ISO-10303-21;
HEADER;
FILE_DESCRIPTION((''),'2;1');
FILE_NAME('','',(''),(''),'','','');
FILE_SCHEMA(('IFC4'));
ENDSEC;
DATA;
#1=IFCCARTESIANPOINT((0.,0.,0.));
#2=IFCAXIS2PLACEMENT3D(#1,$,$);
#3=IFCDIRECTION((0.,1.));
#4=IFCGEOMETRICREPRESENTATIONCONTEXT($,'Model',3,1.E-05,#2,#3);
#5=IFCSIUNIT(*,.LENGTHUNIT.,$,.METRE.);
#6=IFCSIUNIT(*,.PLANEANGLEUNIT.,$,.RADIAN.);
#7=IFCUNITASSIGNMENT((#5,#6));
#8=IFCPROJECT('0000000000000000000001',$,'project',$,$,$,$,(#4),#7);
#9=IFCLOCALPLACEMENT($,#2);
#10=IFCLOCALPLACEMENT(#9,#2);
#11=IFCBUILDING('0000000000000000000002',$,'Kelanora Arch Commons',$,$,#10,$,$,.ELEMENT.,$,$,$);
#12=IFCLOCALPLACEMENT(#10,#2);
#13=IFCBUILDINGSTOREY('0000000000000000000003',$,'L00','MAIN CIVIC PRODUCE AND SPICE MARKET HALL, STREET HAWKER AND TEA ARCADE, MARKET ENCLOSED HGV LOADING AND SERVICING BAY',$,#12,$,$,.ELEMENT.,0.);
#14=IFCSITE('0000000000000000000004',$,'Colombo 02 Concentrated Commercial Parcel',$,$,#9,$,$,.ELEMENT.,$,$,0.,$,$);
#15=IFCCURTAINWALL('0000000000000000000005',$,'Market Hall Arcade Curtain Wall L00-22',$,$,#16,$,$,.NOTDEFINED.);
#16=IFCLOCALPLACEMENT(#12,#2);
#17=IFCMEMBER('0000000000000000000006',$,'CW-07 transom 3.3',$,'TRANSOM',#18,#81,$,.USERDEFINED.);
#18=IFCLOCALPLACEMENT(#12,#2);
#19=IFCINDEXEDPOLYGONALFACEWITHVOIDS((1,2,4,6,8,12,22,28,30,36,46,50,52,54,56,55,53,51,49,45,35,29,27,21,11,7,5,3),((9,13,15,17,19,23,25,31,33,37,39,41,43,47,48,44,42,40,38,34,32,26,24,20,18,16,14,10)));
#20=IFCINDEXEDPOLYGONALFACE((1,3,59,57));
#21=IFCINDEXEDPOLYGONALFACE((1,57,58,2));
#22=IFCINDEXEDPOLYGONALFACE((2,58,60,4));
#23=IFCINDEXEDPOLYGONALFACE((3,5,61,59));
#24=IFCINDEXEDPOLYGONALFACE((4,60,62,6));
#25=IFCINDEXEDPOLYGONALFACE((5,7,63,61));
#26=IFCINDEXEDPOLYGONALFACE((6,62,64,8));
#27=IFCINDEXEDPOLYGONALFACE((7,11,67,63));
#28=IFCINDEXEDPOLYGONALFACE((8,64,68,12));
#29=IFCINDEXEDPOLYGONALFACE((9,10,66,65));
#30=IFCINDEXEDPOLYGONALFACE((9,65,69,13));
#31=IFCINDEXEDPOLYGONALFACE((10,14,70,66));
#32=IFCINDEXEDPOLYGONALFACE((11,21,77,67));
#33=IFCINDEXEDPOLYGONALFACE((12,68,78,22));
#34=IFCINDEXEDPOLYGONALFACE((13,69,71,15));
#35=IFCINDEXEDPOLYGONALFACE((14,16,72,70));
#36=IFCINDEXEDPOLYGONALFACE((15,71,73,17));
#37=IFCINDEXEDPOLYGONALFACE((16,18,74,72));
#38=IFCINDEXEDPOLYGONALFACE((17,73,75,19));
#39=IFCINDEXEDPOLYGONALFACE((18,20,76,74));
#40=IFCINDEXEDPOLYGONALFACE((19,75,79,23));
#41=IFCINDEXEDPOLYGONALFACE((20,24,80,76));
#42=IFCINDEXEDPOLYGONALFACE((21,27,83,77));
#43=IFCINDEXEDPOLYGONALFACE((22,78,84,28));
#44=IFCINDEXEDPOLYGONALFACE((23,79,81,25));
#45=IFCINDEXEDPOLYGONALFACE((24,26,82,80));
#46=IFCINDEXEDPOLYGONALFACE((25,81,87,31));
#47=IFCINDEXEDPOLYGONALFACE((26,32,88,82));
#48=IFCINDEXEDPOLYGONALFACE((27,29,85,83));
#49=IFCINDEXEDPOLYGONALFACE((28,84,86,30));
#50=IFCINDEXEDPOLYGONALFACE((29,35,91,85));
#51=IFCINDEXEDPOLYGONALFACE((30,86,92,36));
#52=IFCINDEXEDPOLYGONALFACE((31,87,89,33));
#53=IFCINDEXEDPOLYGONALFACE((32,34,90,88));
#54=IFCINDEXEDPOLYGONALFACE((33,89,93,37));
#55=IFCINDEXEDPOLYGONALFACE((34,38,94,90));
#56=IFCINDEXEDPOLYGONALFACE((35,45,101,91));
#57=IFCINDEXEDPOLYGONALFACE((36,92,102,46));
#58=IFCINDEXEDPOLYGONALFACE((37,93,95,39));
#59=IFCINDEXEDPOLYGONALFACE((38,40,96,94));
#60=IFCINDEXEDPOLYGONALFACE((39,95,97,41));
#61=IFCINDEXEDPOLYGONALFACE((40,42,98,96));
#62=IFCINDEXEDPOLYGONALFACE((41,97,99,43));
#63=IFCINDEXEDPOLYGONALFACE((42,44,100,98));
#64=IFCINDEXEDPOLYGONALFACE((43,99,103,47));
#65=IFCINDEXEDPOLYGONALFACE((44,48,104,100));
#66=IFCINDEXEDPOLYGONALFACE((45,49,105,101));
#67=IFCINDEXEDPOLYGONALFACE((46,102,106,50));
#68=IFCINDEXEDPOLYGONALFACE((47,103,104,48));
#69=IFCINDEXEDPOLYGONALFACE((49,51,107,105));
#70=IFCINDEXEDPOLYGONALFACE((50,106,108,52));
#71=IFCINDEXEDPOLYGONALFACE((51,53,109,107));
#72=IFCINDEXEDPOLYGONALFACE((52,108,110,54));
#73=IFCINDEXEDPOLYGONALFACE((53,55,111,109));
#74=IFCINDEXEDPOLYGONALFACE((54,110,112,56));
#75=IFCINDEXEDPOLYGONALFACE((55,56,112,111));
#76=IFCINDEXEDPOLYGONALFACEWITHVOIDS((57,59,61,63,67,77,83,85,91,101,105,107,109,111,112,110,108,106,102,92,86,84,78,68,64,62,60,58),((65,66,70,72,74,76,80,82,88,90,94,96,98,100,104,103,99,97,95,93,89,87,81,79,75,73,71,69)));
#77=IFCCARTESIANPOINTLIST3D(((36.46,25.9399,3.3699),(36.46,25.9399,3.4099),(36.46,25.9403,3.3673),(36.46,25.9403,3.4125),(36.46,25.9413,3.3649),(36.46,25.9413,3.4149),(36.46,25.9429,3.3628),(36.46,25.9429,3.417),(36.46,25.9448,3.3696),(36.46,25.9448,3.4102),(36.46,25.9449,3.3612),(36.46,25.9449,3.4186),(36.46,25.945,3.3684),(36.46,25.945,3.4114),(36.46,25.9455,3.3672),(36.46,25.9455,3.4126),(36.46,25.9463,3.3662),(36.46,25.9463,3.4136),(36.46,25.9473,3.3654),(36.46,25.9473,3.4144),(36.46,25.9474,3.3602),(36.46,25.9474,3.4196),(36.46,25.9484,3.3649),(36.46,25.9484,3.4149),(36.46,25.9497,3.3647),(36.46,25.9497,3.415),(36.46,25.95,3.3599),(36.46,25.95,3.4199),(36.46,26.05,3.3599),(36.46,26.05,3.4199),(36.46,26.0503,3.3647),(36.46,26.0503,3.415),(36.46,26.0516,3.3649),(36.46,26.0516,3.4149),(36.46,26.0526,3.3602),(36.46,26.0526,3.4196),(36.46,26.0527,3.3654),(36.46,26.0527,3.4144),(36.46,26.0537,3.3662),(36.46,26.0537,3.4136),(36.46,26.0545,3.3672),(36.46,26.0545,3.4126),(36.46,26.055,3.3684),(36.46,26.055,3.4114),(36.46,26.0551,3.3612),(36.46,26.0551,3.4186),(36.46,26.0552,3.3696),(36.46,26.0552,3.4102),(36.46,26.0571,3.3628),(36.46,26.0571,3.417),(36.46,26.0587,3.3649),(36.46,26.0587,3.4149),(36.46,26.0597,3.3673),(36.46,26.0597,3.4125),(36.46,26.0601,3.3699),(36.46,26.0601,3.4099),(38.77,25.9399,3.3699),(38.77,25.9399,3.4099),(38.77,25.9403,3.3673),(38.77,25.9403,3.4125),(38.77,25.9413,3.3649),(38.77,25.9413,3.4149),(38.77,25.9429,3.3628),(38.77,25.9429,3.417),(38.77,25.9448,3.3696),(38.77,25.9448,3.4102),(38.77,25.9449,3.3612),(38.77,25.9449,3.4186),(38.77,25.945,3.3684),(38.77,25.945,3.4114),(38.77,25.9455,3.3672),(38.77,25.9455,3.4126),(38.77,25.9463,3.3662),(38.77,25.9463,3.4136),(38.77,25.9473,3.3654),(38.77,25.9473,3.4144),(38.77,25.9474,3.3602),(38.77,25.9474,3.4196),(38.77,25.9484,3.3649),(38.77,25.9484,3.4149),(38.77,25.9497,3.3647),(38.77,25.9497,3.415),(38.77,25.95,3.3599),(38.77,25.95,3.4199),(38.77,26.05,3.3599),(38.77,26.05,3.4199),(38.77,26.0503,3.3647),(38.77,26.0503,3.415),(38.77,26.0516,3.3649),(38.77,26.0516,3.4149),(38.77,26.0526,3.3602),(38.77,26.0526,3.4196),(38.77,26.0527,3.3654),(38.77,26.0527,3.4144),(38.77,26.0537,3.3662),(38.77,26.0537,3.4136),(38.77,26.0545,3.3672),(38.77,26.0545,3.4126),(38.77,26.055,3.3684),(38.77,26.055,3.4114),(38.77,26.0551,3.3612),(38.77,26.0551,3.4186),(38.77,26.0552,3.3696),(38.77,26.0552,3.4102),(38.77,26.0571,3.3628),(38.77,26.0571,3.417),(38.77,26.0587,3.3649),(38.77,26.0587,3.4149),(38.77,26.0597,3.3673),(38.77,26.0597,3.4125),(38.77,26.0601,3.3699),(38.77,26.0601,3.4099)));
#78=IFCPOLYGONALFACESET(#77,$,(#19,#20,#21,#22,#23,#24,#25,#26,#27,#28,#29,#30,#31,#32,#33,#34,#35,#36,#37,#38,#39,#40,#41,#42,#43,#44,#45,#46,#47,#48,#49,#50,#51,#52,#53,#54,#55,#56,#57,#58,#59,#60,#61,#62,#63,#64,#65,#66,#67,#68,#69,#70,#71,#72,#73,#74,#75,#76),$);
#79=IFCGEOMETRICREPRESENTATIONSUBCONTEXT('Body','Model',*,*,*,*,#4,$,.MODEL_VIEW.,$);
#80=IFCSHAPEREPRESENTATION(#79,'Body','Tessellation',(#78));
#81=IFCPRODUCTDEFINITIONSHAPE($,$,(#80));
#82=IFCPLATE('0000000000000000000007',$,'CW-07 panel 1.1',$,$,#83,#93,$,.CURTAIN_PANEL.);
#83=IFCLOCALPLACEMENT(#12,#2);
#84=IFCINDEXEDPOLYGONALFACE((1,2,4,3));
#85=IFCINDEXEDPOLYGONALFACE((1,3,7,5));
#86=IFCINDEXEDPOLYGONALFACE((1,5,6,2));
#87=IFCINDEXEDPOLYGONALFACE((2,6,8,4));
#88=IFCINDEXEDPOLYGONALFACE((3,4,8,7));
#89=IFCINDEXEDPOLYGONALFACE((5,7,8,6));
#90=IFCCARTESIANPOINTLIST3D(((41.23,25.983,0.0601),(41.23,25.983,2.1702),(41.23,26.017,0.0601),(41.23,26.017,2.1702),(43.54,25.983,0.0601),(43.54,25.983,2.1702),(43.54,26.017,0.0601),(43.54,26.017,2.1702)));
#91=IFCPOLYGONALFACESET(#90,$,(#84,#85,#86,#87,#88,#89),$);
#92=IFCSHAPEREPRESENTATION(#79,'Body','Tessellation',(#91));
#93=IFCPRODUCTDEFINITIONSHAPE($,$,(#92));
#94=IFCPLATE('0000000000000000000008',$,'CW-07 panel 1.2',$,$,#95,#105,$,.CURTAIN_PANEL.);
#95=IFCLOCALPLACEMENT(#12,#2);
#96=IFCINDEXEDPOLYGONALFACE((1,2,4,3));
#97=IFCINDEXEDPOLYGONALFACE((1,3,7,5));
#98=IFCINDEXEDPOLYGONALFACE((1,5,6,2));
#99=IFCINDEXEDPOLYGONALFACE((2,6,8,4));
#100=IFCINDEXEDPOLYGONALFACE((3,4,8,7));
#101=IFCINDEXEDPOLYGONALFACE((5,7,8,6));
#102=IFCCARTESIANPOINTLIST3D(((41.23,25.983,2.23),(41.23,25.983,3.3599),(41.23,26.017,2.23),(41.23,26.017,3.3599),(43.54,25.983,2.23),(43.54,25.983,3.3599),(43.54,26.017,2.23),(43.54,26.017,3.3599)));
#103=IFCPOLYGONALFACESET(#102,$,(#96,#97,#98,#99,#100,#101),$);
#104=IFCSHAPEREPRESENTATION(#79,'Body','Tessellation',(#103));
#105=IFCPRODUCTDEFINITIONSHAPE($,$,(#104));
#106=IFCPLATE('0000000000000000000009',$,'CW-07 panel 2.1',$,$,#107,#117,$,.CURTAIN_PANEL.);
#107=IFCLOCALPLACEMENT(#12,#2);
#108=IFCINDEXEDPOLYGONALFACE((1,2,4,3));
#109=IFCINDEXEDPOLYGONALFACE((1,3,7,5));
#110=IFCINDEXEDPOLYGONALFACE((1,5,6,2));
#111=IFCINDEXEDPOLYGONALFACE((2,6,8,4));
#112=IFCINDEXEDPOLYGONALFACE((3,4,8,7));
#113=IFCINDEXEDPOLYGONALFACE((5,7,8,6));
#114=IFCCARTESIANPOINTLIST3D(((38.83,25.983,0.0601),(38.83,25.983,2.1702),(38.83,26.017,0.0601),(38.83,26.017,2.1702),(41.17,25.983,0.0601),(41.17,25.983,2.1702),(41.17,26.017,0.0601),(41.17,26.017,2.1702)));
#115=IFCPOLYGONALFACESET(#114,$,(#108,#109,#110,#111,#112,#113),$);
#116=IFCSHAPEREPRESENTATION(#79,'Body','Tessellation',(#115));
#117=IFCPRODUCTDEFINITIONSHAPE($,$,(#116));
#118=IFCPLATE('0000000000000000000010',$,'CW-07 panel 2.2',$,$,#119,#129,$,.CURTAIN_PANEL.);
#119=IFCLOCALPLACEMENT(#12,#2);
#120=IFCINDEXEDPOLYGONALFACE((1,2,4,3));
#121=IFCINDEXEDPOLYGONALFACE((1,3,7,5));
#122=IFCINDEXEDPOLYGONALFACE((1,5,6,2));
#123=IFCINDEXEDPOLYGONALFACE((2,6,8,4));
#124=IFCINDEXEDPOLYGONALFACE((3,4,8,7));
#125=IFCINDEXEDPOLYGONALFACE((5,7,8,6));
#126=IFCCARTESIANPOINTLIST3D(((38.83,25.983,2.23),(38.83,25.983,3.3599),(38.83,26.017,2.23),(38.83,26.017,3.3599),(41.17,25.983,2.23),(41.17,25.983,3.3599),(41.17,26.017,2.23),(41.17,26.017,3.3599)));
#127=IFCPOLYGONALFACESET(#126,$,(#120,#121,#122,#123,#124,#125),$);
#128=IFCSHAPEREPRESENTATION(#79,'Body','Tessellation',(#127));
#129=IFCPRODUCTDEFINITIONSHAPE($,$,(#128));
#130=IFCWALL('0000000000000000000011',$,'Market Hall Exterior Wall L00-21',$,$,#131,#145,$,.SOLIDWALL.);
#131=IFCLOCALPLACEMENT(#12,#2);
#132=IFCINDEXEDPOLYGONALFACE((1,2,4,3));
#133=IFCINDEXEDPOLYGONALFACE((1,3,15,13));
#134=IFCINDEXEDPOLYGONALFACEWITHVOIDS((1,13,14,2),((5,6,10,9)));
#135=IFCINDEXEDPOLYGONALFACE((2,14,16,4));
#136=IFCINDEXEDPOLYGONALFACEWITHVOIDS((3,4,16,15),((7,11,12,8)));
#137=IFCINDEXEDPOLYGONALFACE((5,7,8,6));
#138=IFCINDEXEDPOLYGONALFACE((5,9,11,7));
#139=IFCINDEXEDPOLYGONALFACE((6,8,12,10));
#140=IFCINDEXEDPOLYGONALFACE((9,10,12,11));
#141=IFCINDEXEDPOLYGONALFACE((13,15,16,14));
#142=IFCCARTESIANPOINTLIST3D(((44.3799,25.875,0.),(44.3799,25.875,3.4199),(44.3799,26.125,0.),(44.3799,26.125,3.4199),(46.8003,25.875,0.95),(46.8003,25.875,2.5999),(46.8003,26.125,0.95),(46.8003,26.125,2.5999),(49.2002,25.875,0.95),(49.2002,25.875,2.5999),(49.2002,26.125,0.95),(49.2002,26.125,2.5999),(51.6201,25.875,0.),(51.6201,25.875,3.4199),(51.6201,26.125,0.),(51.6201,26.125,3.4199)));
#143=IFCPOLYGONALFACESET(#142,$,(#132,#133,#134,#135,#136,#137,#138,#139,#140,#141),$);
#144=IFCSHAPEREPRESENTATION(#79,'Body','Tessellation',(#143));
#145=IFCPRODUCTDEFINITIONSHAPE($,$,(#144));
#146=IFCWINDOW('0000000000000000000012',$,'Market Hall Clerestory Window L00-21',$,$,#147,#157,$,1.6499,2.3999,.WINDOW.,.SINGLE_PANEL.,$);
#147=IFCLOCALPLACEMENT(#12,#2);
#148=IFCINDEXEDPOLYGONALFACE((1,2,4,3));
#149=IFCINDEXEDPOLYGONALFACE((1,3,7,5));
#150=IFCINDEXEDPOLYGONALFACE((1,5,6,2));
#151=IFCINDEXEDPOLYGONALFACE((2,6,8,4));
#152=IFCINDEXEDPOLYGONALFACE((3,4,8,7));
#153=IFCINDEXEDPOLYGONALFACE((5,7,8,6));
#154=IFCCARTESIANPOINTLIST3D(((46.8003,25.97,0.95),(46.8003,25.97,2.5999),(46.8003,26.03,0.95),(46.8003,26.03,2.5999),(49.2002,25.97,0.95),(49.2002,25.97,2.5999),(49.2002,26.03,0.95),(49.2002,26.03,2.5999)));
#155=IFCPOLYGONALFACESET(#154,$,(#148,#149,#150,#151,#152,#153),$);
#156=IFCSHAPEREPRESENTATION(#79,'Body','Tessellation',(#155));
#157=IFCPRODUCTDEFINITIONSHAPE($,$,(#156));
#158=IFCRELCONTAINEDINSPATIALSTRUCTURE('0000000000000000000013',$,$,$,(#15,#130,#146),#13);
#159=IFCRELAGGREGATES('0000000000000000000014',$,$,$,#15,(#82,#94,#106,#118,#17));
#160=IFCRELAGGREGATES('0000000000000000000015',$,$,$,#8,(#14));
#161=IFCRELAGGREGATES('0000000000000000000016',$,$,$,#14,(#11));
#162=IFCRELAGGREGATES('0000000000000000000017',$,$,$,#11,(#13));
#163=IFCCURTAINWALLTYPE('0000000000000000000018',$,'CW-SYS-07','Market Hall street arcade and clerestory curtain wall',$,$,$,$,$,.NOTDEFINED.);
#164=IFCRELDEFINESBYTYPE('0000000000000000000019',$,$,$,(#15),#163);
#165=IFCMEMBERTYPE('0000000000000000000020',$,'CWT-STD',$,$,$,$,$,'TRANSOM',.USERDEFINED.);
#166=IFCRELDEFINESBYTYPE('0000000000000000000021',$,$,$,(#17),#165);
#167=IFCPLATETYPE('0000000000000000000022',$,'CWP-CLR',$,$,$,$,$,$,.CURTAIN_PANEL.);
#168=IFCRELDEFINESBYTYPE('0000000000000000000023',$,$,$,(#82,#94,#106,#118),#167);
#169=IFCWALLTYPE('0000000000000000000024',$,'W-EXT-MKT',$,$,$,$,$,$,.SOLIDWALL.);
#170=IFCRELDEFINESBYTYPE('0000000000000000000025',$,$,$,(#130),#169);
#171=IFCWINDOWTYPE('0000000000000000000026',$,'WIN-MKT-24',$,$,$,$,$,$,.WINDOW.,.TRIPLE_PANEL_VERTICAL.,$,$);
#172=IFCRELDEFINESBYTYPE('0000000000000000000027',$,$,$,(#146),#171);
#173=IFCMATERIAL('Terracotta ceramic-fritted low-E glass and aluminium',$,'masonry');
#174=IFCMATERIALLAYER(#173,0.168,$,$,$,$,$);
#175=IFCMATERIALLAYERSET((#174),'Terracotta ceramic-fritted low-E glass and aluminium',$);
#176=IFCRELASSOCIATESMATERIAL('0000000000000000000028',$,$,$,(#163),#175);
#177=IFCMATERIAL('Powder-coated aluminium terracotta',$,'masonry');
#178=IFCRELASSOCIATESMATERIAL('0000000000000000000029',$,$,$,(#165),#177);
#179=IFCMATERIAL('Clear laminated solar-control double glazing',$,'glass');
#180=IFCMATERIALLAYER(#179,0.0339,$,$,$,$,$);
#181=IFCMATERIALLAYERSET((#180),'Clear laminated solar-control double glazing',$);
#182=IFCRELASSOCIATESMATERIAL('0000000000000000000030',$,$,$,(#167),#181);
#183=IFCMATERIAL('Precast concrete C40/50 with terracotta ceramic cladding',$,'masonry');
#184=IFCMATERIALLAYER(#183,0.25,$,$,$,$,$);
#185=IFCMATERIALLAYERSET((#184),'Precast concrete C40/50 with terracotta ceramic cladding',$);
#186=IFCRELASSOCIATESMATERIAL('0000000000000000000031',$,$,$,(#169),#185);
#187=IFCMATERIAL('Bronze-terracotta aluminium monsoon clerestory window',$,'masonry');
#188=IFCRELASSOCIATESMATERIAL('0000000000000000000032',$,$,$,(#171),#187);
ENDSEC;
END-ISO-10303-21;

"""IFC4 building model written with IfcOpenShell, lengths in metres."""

from ifc_helpers import new_model, si_unit, direction, frame, frame_2d, origin, origin_2d, place, context, subcontext, project, spatial, rectangle, hollow_rectangle, extrude, source, transform, mapped, material, layer, layer_set, material_profile, profile_set, type_object, element, fill, aggregate, save


model = new_model("IFC4")

# Units and contexts
model_context = context("Model", 3, precision=1e-05, world=origin(), true_north=direction((0.0, 1.0)))
body_context = subcontext(model_context, "Body", "Model", "MODEL_VIEW")
ifc_project = project(units=[si_unit("LENGTHUNIT", "METRE"), si_unit("PLANEANGLEUNIT", "RADIAN")], contexts=[model_context])

# Site, building, storey
site_placement = place(None, origin())
site = spatial("IfcSite", under=ifc_project, at=site_placement, Name="Colombo 02 Concentrated Commercial Parcel", CompositionType="ELEMENT", RefElevation=0.0)
building_placement = place(site_placement, origin())
building = spatial("IfcBuilding", under=site, at=building_placement, Name="Kelanora Arch Commons", CompositionType="ELEMENT")
storey_placement = place(building_placement, origin())
storey = spatial("IfcBuildingStorey", under=building, at=storey_placement, Name="L00", Description="MAIN CIVIC PRODUCE AND SPICE MARKET HALL, STREET HAWKER AND TEA ARCADE, MARKET ENCLOSED HGV LOADING AND SERVICING BAY", CompositionType="ELEMENT", Elevation=0.0)

# Curtain wall, member, plates
ifc_material_1 = material(Name="Terracotta ceramic-fritted low-E glass and aluminium", Category="masonry")
ifc_layer_1 = layer(ifc_material_1, 0.168)
ifc_layer_set_1 = layer_set([ifc_layer_1], Name="Terracotta ceramic-fritted low-E glass and aluminium")
curtain_wall_type = type_object("IfcCurtainWallType", Name="CW-SYS-07", Description="Market Hall street arcade and clerestory curtain wall", PredefinedType="NOTDEFINED", material=ifc_layer_set_1)
curtain_wall_placement = place(storey_placement, origin())
curtain_wall = element("IfcCurtainWall", 1, at=curtain_wall_placement, inside=storey, type_object=curtain_wall_type, Name="Market Hall Arcade Curtain Wall L00-22", PredefinedType="NOTDEFINED")
ifc_material_2 = material(Name="Powder-coated aluminium terracotta", Category="masonry")
ifc_material_profile_1 = material_profile(ifc_material_2, hollow_rectangle(XDim=0.1201, YDim=0.0601, WallThickness=0.0049, InnerFilletRadius=0.0049, OuterFilletRadius=0.01, at=origin_2d()), Name="CWT120x60")
ifc_profile_set_1 = profile_set([ifc_material_profile_1], Name="Powder-coated aluminium terracotta")
member_type_1 = type_object("IfcMemberType", Name="CWT-STD", ElementType="TRANSOM", PredefinedType="USERDEFINED", material=ifc_profile_set_1)
member_1_placement = place(storey_placement, frame((38.77, 26.0, 3.3899), z_axis=(-1.0, 0.0, 0.0), x_axis=(0.0, -1.0, 0.0)))
member_1 = element("IfcMember", 2, at=member_1_placement, type_object=member_type_1, Name="CW-07 transom 3.3", ObjectType="TRANSOM", PredefinedType="USERDEFINED", context=body_context, shape_type="SweptSolid", body=[
    extrude(hollow_rectangle(XDim=0.1201, YDim=0.0601, WallThickness=0.0049, InnerFilletRadius=0.0049, OuterFilletRadius=0.01, at=origin_2d()), origin(), (0.0, 0.0, 1.0), 2.3101),
])
ifc_material_3 = material(Name="Clear laminated solar-control double glazing", Category="glass")
ifc_layer_2 = layer(ifc_material_3, 0.0339)
ifc_layer_set_2 = layer_set([ifc_layer_2], Name="Clear laminated solar-control double glazing")
plate_type = type_object("IfcPlateType", Name="CWP-CLR", PredefinedType="CURTAIN_PANEL", material=ifc_layer_set_2)
shared_shape_1 = source(origin(), body_context, "Body", "SweptSolid", [
    extrude(rectangle(XDim=2.3101, YDim=0.0339, at=origin_2d()), origin(), (0.0, 0.0, 1.0), 2.1101),
])
plate_1_placement = place(storey_placement, frame((42.385, 26.0, 0.0601), z_axis=(0.0, 0.0, 1.0), x_axis=(-1.0, 0.0, 0.0)))
plate_1 = element("IfcPlate", 3, at=plate_1_placement, type_object=plate_type, Name="CW-07 panel 1.1", PredefinedType="CURTAIN_PANEL", context=body_context, shape_type="MappedRepresentation", body=[
    mapped(shared_shape_1, transform((0.0, 0.0, 0.0), scale=1.0)),
])
shared_shape_2 = source(origin(), body_context, "Body", "SweptSolid", [
    extrude(rectangle(XDim=2.3101, YDim=0.0339, at=origin_2d()), origin(), (0.0, 0.0, 1.0), 1.1299),
])
plate_2_placement = place(storey_placement, frame((42.385, 26.0, 2.23), z_axis=(0.0, 0.0, 1.0), x_axis=(-1.0, 0.0, 0.0)))
plate_2 = element("IfcPlate", 4, at=plate_2_placement, type_object=plate_type, Name="CW-07 panel 1.2", PredefinedType="CURTAIN_PANEL", context=body_context, shape_type="MappedRepresentation", body=[
    mapped(shared_shape_2, transform((0.0, 0.0, 0.0), scale=1.0)),
])
shared_shape_3 = source(origin(), body_context, "Body", "SweptSolid", [
    extrude(rectangle(XDim=2.3401, YDim=0.0339, at=origin_2d()), origin(), (0.0, 0.0, 1.0), 2.1101),
])
plate_3_placement = place(storey_placement, frame((40.0, 26.0, 0.0601), z_axis=(0.0, 0.0, 1.0), x_axis=(-1.0, 0.0, 0.0)))
plate_3 = element("IfcPlate", 5, at=plate_3_placement, type_object=plate_type, Name="CW-07 panel 2.1", PredefinedType="CURTAIN_PANEL", context=body_context, shape_type="MappedRepresentation", body=[
    mapped(shared_shape_3, transform((0.0, 0.0, 0.0), scale=1.0)),
])
shared_shape_4 = source(origin(), body_context, "Body", "SweptSolid", [
    extrude(rectangle(XDim=2.3401, YDim=0.0339, at=origin_2d()), origin(), (0.0, 0.0, 1.0), 1.1299),
])
plate_4_placement = place(storey_placement, frame((40.0, 26.0, 2.23), z_axis=(0.0, 0.0, 1.0), x_axis=(-1.0, 0.0, 0.0)))
plate_4 = element("IfcPlate", 6, at=plate_4_placement, type_object=plate_type, Name="CW-07 panel 2.2", PredefinedType="CURTAIN_PANEL", context=body_context, shape_type="MappedRepresentation", body=[
    mapped(shared_shape_4, transform((0.0, 0.0, 0.0), scale=1.0)),
])
aggregate(curtain_wall, [plate_1, plate_2, plate_3, plate_4, member_1])

# Wall, opening, window
ifc_material_4 = material(Name="Precast concrete C40/50 with terracotta ceramic cladding", Category="masonry")
ifc_layer_3 = layer(ifc_material_4, 0.25)
ifc_layer_set_3 = layer_set([ifc_layer_3], Name="Precast concrete C40/50 with terracotta ceramic cladding")
wall_type = type_object("IfcWallType", Name="W-EXT-MKT", PredefinedType="SOLIDWALL", material=ifc_layer_set_3)
wall_placement = place(storey_placement, frame((51.6201, 26.0, 0.0), z_axis=(0.0, 0.0, 1.0), x_axis=(-1.0, 0.0, 0.0)))
wall = element("IfcWall", 7, at=wall_placement, inside=storey, type_object=wall_type, Name="Market Hall Exterior Wall L00-21", PredefinedType="SOLIDWALL", context=body_context, shape_type="SweptSolid", body=[
    extrude(rectangle(XDim=7.2402, YDim=0.25, at=frame_2d((3.6201, 0.0))), origin(), (0.0, 0.0, 1.0), 3.4199),
])
opening_placement = place(wall_placement, frame((2.4199, 0.0, 0.95)))
opening = element("IfcOpeningElement", 8, at=opening_placement, cuts=wall, PredefinedType="OPENING", context=body_context, shape_type="SweptSolid", body=[
    extrude(rectangle(XDim=2.3999, YDim=1.6499, at=frame_2d((1.2, 0.825))), frame((0.0, 0.135, 0.0), z_axis=(0.0, -1.0, 0.0), x_axis=(1.0, 0.0, 0.0)), (0.0, 0.0, 1.0), 0.27),
])
ifc_material_5 = material(Name="Bronze-terracotta aluminium monsoon clerestory window", Category="masonry")
window_type = type_object("IfcWindowType", Name="WIN-MKT-24", PartitioningType="TRIPLE_PANEL_VERTICAL", PredefinedType="WINDOW", material=ifc_material_5)
window_placement = place(opening_placement, origin())
window = element("IfcWindow", 9, at=window_placement, inside=storey, type_object=window_type, Name="Market Hall Clerestory Window L00-21", OverallHeight=1.6499, OverallWidth=2.3999, PartitioningType="SINGLE_PANEL", PredefinedType="WINDOW", context=body_context, shape_type="SweptSolid", body=[
    extrude(rectangle(XDim=2.3999, YDim=1.6499, at=frame_2d((1.2, 0.825))), frame((0.0, 0.03, 0.0), z_axis=(0.0, -1.0, 0.0), x_axis=(1.0, 0.0, 0.0)), (0.0, 0.0, 1.0), 0.0601),
])
fill(opening, window)

save(model, "model.ifc")
